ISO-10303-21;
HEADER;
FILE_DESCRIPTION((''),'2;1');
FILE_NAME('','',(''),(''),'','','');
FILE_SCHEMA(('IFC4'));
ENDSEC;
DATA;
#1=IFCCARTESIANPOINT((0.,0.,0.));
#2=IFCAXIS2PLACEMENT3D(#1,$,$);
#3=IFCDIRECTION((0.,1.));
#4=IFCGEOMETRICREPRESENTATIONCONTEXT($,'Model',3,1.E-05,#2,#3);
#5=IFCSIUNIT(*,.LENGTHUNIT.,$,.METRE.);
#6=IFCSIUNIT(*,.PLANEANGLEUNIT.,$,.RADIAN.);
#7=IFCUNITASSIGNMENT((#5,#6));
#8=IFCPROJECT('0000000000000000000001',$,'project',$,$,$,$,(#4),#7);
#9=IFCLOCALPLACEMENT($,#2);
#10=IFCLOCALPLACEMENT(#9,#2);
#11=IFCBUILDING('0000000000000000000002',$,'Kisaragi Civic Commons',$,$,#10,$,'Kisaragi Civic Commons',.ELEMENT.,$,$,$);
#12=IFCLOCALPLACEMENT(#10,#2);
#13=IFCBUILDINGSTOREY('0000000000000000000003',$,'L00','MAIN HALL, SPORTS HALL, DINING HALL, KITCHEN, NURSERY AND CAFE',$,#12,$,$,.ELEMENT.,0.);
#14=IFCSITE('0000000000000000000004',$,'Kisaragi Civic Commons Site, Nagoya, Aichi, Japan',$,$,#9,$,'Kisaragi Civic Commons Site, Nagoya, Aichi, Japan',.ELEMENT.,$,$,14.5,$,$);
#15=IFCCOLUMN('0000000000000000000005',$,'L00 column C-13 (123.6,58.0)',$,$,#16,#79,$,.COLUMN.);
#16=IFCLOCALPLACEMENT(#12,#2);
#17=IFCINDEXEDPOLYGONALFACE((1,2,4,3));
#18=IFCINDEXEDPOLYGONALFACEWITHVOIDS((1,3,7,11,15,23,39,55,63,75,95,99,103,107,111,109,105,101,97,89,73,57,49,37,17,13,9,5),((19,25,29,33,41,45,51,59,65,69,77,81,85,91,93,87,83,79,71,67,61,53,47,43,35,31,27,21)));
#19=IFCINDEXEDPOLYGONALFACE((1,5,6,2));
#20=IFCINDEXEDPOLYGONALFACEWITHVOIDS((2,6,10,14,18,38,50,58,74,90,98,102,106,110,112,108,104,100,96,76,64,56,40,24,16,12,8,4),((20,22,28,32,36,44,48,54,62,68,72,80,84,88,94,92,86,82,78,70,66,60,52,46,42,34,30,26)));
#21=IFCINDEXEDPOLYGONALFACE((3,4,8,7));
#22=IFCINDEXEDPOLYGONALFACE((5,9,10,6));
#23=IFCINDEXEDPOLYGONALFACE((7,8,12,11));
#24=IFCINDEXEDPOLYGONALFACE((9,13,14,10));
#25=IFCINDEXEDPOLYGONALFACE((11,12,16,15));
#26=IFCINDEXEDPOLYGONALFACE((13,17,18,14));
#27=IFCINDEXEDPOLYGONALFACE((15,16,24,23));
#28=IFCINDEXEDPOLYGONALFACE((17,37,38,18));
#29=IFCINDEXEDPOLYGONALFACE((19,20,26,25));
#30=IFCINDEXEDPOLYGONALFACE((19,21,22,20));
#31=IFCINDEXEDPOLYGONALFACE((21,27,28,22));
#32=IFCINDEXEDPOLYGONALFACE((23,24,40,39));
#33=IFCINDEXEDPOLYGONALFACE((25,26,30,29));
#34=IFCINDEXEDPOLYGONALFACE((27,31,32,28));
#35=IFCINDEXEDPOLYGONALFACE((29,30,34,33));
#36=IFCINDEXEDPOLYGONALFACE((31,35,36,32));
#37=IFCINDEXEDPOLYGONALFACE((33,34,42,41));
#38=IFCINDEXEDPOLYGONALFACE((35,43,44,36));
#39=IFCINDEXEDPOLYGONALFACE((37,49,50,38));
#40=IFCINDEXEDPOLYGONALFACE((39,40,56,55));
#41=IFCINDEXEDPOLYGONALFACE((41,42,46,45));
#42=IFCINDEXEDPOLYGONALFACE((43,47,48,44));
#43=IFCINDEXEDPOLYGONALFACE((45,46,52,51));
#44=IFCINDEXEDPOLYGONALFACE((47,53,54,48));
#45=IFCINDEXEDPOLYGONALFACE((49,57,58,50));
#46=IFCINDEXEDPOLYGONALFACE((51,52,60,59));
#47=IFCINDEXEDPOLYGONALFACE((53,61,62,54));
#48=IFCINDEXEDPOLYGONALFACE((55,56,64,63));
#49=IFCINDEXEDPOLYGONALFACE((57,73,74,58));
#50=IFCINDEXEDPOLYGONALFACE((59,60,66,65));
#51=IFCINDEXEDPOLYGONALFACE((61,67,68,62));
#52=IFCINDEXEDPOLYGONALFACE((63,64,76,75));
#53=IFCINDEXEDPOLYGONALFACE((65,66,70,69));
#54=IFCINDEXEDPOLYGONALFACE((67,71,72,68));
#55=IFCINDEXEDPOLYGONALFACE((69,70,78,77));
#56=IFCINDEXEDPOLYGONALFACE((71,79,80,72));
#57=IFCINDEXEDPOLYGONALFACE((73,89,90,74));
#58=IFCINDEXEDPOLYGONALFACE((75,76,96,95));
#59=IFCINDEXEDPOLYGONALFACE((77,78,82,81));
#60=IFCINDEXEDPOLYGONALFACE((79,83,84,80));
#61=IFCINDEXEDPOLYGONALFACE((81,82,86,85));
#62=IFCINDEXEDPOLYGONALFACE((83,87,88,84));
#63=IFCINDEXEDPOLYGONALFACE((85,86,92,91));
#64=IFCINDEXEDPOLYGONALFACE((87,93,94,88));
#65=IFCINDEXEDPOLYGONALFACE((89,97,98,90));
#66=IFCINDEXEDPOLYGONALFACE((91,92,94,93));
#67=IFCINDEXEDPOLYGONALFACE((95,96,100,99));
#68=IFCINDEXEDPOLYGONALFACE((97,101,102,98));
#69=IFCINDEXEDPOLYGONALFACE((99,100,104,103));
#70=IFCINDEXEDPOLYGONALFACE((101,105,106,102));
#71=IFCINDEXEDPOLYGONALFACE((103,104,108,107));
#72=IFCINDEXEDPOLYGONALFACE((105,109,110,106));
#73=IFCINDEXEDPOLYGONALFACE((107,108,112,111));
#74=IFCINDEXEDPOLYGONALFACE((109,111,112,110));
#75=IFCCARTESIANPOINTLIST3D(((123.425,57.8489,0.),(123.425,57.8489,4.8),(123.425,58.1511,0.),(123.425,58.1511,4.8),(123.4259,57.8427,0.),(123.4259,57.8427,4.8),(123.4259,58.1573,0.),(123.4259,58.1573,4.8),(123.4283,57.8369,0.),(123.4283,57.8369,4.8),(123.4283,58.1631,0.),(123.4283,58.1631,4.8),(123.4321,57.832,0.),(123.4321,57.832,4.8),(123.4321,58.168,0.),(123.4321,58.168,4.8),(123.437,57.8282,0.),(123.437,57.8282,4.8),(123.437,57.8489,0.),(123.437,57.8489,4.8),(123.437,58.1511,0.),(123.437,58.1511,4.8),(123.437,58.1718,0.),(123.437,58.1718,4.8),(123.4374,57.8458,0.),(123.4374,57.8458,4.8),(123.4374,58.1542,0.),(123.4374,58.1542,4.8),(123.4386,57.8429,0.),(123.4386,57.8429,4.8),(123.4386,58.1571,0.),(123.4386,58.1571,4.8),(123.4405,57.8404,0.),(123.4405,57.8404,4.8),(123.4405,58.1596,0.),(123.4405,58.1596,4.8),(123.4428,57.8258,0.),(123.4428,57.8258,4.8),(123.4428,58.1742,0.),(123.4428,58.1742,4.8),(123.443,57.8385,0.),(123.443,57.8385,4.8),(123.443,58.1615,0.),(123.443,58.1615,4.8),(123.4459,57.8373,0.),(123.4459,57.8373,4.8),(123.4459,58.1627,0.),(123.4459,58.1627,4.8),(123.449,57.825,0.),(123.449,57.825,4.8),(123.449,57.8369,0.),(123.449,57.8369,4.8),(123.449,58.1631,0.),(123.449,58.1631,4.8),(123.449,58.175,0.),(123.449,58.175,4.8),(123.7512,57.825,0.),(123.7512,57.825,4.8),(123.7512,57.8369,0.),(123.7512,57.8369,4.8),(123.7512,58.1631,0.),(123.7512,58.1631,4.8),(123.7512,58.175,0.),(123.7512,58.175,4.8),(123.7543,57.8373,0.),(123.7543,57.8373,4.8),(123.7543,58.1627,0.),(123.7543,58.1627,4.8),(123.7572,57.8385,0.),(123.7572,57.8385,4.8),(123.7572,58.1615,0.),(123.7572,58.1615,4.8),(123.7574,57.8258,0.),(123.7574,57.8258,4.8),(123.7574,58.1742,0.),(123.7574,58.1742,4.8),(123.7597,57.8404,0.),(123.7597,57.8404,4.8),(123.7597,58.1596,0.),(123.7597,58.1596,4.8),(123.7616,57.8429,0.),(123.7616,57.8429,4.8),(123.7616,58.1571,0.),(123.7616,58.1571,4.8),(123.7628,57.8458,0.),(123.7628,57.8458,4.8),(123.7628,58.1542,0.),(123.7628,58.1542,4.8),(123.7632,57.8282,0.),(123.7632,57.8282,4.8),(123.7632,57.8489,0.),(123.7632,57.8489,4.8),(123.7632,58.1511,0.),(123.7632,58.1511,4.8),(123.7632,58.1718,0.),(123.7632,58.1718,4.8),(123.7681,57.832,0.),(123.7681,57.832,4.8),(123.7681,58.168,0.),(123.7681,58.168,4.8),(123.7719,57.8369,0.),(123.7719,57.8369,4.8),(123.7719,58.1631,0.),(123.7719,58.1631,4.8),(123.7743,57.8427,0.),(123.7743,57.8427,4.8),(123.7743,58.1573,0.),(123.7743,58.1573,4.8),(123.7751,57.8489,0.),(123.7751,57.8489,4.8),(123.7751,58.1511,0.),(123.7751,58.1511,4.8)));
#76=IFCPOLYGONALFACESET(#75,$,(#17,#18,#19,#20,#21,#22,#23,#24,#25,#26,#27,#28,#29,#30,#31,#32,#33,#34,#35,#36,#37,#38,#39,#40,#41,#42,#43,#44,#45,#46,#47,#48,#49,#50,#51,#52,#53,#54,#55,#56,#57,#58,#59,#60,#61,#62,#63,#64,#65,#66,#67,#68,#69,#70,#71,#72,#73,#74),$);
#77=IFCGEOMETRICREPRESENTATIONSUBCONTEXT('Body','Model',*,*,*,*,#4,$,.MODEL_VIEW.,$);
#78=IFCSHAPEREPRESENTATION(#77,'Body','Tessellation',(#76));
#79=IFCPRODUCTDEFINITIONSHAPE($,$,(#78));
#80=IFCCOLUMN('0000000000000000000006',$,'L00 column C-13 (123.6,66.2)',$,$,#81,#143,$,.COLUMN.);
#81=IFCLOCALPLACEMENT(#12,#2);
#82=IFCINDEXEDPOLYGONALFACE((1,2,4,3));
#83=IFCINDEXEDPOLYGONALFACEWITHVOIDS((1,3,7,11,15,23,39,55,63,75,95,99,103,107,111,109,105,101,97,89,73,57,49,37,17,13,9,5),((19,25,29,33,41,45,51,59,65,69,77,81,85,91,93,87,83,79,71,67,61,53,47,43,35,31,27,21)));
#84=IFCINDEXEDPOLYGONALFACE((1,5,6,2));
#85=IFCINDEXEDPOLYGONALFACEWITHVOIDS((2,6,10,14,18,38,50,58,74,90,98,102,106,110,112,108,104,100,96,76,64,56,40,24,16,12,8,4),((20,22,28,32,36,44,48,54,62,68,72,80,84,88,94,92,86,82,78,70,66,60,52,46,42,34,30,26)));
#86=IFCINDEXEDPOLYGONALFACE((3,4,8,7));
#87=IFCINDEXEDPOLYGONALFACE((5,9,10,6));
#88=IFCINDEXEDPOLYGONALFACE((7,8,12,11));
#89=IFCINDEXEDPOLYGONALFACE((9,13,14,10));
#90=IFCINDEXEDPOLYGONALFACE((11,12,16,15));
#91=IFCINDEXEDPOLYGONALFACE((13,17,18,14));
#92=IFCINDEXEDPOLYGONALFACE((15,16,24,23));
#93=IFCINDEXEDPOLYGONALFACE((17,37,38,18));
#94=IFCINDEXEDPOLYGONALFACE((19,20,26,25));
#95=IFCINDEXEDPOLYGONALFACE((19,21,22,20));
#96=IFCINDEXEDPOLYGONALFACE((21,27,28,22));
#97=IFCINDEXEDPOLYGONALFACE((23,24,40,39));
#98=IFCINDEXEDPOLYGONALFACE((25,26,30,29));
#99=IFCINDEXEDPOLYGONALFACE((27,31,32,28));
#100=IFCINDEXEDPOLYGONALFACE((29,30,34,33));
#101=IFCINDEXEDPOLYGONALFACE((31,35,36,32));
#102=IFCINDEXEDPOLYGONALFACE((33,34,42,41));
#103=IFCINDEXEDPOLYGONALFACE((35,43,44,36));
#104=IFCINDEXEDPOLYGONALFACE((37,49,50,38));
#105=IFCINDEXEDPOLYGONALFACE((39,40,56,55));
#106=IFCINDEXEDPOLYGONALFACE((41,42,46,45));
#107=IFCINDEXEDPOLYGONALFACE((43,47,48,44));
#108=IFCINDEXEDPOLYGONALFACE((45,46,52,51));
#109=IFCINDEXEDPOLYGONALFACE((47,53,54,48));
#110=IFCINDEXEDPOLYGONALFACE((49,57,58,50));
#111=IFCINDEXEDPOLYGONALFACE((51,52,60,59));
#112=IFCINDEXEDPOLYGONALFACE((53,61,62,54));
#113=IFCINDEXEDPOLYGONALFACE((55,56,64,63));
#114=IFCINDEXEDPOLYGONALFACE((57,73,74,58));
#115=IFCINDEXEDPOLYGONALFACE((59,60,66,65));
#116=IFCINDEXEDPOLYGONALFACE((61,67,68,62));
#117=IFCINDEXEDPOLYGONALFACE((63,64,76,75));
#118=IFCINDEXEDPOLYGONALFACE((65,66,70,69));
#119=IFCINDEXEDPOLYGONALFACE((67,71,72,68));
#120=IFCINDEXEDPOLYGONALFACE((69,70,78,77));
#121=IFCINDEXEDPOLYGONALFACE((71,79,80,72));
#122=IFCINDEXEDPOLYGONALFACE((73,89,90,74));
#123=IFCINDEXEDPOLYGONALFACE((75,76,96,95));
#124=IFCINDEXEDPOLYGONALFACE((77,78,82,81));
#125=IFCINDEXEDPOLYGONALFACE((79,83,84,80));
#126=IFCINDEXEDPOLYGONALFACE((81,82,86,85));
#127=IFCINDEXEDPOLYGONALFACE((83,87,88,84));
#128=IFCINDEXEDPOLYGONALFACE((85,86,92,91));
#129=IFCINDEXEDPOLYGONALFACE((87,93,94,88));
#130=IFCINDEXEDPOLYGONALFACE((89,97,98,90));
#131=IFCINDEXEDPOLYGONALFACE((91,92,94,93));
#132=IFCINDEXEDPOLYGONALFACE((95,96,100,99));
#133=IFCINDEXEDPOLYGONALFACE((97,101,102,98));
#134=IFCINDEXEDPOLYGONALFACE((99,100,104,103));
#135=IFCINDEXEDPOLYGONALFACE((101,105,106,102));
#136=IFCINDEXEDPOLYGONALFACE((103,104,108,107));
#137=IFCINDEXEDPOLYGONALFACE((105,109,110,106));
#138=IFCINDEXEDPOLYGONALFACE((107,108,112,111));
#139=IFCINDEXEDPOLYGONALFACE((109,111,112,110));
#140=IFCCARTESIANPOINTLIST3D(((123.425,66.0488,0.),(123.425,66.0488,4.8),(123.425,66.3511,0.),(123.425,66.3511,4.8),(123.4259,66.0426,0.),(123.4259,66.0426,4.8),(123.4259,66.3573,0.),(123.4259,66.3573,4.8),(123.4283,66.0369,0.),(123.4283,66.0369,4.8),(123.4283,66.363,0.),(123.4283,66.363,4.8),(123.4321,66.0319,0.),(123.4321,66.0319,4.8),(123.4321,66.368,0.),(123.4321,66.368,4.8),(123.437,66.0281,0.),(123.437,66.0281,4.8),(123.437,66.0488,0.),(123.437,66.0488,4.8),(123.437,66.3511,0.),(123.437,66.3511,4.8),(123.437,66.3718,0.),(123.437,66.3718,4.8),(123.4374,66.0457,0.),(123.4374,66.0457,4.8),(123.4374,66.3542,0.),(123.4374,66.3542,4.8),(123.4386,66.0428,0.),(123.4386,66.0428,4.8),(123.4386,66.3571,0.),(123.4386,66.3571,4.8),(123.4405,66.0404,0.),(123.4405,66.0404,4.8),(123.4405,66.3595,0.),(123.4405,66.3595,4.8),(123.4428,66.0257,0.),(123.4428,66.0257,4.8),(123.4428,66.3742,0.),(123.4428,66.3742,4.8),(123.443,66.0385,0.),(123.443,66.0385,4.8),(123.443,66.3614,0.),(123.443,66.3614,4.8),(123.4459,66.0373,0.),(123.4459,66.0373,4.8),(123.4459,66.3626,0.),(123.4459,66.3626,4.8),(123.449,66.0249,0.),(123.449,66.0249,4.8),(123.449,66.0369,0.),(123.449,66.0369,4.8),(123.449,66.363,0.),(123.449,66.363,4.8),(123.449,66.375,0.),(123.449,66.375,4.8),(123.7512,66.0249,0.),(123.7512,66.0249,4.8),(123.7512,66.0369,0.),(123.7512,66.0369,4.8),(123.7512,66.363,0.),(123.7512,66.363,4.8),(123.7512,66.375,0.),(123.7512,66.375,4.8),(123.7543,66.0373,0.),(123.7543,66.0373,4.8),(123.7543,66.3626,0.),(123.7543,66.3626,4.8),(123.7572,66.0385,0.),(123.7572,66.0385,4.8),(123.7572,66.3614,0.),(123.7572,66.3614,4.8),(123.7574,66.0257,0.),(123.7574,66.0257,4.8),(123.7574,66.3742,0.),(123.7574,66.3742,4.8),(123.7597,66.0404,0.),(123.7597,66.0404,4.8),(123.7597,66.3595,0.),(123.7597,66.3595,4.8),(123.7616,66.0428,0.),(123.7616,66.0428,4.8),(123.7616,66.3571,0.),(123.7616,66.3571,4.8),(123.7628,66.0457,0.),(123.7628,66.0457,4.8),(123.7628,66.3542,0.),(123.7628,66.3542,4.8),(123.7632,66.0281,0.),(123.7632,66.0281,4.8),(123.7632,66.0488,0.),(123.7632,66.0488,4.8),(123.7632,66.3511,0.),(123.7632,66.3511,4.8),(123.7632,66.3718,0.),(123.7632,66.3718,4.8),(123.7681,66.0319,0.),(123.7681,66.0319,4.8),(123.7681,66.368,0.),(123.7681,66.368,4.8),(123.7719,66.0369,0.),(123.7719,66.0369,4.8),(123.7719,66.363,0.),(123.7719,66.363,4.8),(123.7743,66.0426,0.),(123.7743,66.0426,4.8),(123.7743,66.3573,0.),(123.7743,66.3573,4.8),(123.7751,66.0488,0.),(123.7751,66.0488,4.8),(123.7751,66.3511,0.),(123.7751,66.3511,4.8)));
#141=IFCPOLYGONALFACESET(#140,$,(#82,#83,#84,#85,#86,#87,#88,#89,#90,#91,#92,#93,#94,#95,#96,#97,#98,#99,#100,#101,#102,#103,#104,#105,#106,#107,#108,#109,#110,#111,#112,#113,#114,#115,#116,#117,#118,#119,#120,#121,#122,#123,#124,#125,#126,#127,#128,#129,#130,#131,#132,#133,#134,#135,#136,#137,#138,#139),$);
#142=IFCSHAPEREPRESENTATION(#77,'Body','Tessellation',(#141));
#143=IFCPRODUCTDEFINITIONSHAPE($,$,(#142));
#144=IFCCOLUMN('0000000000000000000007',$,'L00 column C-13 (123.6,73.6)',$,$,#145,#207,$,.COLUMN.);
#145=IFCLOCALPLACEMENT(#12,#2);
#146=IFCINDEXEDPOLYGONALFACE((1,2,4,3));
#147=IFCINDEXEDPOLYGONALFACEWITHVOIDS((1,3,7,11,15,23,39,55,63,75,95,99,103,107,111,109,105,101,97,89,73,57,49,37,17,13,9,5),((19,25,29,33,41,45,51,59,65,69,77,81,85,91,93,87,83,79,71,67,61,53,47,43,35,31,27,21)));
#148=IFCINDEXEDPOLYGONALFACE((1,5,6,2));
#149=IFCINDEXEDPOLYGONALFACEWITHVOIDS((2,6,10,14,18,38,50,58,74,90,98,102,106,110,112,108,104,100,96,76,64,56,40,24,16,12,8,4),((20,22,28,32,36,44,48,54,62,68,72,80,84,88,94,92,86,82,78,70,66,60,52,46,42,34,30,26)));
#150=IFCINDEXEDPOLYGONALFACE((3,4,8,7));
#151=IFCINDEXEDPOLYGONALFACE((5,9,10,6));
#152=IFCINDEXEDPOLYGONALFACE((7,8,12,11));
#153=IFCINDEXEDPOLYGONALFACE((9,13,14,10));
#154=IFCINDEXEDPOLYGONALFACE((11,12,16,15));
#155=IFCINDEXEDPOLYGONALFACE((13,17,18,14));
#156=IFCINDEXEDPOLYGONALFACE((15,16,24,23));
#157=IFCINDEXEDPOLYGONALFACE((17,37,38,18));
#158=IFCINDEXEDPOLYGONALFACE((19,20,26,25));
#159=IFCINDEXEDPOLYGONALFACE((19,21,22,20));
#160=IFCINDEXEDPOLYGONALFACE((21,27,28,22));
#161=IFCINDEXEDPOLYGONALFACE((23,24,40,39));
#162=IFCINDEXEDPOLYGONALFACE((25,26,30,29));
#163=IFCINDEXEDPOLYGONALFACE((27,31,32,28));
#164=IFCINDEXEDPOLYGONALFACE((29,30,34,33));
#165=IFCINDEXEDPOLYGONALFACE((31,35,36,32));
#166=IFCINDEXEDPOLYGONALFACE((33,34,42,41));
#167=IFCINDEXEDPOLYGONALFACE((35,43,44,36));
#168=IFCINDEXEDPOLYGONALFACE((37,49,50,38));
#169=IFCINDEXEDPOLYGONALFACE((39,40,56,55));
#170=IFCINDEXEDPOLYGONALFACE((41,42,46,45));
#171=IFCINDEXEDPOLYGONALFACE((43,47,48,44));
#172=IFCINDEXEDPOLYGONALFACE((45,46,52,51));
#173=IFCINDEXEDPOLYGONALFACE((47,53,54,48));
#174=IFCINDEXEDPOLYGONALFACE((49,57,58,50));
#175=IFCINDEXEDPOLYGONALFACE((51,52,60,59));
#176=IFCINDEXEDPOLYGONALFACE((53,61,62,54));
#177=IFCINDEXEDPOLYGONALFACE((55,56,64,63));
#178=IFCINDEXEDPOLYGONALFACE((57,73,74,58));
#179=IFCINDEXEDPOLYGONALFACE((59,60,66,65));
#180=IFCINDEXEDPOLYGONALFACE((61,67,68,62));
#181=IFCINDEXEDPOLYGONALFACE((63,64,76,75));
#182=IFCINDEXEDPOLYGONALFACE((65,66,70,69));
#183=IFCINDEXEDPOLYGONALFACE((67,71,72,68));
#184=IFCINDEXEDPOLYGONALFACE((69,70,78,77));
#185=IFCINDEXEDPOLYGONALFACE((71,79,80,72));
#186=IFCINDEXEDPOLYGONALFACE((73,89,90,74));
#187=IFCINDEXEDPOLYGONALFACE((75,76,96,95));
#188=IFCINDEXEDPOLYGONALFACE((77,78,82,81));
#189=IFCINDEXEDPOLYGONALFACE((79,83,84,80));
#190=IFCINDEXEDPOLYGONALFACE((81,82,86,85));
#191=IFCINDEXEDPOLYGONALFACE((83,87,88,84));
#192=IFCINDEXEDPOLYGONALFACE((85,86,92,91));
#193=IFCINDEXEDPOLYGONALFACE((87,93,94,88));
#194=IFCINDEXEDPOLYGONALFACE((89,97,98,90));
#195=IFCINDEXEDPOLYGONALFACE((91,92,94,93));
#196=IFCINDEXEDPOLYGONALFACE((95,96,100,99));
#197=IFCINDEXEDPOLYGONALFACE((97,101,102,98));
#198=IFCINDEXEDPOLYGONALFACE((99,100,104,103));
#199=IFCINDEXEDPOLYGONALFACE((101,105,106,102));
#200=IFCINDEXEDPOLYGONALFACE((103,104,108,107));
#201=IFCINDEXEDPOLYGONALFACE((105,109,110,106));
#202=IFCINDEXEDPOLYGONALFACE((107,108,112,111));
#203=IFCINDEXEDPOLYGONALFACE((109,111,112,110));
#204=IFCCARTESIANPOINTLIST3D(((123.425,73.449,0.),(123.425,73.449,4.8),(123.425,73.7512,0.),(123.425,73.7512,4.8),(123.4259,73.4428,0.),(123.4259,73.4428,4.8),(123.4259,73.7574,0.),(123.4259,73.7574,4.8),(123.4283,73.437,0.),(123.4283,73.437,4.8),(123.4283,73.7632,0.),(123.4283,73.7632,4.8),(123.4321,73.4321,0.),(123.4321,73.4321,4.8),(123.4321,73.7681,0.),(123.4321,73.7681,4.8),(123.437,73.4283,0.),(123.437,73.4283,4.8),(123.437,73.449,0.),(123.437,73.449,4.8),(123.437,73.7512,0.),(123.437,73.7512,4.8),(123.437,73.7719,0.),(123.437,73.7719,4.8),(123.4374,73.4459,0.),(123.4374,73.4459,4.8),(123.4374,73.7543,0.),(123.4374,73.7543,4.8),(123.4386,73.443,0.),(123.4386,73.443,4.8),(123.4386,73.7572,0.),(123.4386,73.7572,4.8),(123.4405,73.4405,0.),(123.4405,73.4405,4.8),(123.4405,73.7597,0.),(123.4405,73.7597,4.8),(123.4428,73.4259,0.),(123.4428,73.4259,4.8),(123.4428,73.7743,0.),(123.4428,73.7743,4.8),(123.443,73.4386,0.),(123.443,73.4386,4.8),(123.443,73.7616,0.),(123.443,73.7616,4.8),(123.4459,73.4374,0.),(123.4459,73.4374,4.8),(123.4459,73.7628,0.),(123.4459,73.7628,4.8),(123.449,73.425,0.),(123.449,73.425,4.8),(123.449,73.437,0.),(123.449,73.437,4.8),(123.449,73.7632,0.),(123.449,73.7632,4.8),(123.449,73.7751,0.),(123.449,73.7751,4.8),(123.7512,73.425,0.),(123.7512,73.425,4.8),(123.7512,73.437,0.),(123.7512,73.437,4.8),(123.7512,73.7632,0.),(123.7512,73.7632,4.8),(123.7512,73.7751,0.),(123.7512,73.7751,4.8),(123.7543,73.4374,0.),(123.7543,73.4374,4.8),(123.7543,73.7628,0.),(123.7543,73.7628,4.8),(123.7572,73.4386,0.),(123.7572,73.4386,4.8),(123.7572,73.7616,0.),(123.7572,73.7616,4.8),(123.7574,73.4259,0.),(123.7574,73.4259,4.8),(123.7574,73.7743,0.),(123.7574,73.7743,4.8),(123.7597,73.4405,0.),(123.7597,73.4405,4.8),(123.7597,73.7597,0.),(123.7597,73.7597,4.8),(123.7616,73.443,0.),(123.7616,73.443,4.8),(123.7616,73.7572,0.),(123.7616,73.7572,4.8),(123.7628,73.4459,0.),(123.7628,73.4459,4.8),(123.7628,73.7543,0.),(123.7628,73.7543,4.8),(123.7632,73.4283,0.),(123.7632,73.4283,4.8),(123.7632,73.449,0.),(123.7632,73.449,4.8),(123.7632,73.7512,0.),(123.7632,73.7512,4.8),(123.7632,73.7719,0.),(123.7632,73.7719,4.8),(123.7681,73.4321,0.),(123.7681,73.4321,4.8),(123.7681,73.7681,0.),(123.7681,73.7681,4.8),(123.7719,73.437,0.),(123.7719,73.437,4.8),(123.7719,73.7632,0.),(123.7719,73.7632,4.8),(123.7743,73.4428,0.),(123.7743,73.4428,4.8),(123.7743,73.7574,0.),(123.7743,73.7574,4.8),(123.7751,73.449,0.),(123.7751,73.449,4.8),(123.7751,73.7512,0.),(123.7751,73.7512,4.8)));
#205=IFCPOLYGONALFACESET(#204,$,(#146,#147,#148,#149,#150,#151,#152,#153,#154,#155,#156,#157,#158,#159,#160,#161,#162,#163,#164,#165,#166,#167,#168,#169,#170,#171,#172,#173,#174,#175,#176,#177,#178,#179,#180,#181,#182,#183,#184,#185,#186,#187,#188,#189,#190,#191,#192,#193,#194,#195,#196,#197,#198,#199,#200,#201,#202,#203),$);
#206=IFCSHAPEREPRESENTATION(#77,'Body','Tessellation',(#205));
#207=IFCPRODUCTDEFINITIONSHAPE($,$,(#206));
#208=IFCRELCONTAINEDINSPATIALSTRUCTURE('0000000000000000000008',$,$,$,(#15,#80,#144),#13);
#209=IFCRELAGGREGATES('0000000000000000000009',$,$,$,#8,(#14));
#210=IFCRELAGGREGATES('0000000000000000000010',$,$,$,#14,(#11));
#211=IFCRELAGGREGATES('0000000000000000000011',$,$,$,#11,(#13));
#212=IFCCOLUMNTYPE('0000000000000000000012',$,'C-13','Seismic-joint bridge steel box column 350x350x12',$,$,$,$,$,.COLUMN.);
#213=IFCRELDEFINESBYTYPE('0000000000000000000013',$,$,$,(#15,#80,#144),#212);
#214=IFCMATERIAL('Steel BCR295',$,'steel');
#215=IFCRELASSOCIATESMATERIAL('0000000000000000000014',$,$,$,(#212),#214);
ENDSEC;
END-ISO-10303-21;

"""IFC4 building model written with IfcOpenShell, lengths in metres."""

from ifc_helpers import new_model, si_unit, direction, frame, origin, origin_2d, place, context, subcontext, project, spatial, hollow_rectangle, extrude, material, material_profile, profile_set, type_object, element, save


model = new_model("IFC4")

# Units and contexts
model_context = context("Model", 3, precision=1e-05, world=origin(), true_north=direction((0.0, 1.0)))
body_context = subcontext(model_context, "Body", "Model", "MODEL_VIEW")
ifc_project = project(units=[si_unit("LENGTHUNIT", "METRE"), si_unit("PLANEANGLEUNIT", "RADIAN")], contexts=[model_context])

# Site, building, storey
site_placement = place(None, origin())
site = spatial("IfcSite", under=ifc_project, at=site_placement, Name="Kisaragi Civic Commons Site, Nagoya, Aichi, Japan", LongName="Kisaragi Civic Commons Site, Nagoya, Aichi, Japan", CompositionType="ELEMENT", RefElevation=14.5)
building_placement = place(site_placement, origin())
building = spatial("IfcBuilding", under=site, at=building_placement, Name="Kisaragi Civic Commons", LongName="Kisaragi Civic Commons", CompositionType="ELEMENT")
storey_placement = place(building_placement, origin())
storey = spatial("IfcBuildingStorey", under=building, at=storey_placement, Name="L00", Description="MAIN HALL, SPORTS HALL, DINING HALL, KITCHEN, NURSERY AND CAFE", CompositionType="ELEMENT", Elevation=0.0)

# Columns
ifc_material_1 = material(Name="Steel BCR295", Category="steel")
ifc_material_profile_1 = material_profile(ifc_material_1, hollow_rectangle(XDim=0.3501, YDim=0.3501, WallThickness=0.012, InnerFilletRadius=0.012, OuterFilletRadius=0.0239, at=origin_2d()), Name="BCR-350x350x12", Category="steel")
ifc_profile_set_1 = profile_set([ifc_material_profile_1], Name="Steel BCR295")
column_type = type_object("IfcColumnType", Name="C-13", Description="Seismic-joint bridge steel box column 350x350x12", PredefinedType="COLUMN", material=ifc_profile_set_1)
for number, where, z_axis, x_axis, name in (
    (1, (123.6001, 58.0, 0.0), (0.0, 0.0, 1.0), (1.0, 0.0, 0.0), "L00 column C-13 (123.6,58.0)"),
    (2, (123.6001, 66.2, 0.0), (0.0, 0.0, 1.0), (1.0, 0.0, 0.0), "L00 column C-13 (123.6,66.2)"),
    (3, (123.6001, 73.6001, 0.0), (0.0, 0.0, 1.0), (1.0, 0.0, 0.0), "L00 column C-13 (123.6,73.6)"),
):
    element("IfcColumn", number, at=place(storey_placement, frame(where, z_axis=z_axis, x_axis=x_axis)), inside=storey, type_object=column_type, Name=name, PredefinedType="COLUMN", context=body_context, shape_type="SweptSolid", body=[
        extrude(hollow_rectangle(XDim=0.3501, YDim=0.3501, WallThickness=0.012, InnerFilletRadius=0.012, OuterFilletRadius=0.0239, at=origin_2d()), origin(), (0.0, 0.0, 1.0), 4.8),
    ])

save(model, "model.ifc")
